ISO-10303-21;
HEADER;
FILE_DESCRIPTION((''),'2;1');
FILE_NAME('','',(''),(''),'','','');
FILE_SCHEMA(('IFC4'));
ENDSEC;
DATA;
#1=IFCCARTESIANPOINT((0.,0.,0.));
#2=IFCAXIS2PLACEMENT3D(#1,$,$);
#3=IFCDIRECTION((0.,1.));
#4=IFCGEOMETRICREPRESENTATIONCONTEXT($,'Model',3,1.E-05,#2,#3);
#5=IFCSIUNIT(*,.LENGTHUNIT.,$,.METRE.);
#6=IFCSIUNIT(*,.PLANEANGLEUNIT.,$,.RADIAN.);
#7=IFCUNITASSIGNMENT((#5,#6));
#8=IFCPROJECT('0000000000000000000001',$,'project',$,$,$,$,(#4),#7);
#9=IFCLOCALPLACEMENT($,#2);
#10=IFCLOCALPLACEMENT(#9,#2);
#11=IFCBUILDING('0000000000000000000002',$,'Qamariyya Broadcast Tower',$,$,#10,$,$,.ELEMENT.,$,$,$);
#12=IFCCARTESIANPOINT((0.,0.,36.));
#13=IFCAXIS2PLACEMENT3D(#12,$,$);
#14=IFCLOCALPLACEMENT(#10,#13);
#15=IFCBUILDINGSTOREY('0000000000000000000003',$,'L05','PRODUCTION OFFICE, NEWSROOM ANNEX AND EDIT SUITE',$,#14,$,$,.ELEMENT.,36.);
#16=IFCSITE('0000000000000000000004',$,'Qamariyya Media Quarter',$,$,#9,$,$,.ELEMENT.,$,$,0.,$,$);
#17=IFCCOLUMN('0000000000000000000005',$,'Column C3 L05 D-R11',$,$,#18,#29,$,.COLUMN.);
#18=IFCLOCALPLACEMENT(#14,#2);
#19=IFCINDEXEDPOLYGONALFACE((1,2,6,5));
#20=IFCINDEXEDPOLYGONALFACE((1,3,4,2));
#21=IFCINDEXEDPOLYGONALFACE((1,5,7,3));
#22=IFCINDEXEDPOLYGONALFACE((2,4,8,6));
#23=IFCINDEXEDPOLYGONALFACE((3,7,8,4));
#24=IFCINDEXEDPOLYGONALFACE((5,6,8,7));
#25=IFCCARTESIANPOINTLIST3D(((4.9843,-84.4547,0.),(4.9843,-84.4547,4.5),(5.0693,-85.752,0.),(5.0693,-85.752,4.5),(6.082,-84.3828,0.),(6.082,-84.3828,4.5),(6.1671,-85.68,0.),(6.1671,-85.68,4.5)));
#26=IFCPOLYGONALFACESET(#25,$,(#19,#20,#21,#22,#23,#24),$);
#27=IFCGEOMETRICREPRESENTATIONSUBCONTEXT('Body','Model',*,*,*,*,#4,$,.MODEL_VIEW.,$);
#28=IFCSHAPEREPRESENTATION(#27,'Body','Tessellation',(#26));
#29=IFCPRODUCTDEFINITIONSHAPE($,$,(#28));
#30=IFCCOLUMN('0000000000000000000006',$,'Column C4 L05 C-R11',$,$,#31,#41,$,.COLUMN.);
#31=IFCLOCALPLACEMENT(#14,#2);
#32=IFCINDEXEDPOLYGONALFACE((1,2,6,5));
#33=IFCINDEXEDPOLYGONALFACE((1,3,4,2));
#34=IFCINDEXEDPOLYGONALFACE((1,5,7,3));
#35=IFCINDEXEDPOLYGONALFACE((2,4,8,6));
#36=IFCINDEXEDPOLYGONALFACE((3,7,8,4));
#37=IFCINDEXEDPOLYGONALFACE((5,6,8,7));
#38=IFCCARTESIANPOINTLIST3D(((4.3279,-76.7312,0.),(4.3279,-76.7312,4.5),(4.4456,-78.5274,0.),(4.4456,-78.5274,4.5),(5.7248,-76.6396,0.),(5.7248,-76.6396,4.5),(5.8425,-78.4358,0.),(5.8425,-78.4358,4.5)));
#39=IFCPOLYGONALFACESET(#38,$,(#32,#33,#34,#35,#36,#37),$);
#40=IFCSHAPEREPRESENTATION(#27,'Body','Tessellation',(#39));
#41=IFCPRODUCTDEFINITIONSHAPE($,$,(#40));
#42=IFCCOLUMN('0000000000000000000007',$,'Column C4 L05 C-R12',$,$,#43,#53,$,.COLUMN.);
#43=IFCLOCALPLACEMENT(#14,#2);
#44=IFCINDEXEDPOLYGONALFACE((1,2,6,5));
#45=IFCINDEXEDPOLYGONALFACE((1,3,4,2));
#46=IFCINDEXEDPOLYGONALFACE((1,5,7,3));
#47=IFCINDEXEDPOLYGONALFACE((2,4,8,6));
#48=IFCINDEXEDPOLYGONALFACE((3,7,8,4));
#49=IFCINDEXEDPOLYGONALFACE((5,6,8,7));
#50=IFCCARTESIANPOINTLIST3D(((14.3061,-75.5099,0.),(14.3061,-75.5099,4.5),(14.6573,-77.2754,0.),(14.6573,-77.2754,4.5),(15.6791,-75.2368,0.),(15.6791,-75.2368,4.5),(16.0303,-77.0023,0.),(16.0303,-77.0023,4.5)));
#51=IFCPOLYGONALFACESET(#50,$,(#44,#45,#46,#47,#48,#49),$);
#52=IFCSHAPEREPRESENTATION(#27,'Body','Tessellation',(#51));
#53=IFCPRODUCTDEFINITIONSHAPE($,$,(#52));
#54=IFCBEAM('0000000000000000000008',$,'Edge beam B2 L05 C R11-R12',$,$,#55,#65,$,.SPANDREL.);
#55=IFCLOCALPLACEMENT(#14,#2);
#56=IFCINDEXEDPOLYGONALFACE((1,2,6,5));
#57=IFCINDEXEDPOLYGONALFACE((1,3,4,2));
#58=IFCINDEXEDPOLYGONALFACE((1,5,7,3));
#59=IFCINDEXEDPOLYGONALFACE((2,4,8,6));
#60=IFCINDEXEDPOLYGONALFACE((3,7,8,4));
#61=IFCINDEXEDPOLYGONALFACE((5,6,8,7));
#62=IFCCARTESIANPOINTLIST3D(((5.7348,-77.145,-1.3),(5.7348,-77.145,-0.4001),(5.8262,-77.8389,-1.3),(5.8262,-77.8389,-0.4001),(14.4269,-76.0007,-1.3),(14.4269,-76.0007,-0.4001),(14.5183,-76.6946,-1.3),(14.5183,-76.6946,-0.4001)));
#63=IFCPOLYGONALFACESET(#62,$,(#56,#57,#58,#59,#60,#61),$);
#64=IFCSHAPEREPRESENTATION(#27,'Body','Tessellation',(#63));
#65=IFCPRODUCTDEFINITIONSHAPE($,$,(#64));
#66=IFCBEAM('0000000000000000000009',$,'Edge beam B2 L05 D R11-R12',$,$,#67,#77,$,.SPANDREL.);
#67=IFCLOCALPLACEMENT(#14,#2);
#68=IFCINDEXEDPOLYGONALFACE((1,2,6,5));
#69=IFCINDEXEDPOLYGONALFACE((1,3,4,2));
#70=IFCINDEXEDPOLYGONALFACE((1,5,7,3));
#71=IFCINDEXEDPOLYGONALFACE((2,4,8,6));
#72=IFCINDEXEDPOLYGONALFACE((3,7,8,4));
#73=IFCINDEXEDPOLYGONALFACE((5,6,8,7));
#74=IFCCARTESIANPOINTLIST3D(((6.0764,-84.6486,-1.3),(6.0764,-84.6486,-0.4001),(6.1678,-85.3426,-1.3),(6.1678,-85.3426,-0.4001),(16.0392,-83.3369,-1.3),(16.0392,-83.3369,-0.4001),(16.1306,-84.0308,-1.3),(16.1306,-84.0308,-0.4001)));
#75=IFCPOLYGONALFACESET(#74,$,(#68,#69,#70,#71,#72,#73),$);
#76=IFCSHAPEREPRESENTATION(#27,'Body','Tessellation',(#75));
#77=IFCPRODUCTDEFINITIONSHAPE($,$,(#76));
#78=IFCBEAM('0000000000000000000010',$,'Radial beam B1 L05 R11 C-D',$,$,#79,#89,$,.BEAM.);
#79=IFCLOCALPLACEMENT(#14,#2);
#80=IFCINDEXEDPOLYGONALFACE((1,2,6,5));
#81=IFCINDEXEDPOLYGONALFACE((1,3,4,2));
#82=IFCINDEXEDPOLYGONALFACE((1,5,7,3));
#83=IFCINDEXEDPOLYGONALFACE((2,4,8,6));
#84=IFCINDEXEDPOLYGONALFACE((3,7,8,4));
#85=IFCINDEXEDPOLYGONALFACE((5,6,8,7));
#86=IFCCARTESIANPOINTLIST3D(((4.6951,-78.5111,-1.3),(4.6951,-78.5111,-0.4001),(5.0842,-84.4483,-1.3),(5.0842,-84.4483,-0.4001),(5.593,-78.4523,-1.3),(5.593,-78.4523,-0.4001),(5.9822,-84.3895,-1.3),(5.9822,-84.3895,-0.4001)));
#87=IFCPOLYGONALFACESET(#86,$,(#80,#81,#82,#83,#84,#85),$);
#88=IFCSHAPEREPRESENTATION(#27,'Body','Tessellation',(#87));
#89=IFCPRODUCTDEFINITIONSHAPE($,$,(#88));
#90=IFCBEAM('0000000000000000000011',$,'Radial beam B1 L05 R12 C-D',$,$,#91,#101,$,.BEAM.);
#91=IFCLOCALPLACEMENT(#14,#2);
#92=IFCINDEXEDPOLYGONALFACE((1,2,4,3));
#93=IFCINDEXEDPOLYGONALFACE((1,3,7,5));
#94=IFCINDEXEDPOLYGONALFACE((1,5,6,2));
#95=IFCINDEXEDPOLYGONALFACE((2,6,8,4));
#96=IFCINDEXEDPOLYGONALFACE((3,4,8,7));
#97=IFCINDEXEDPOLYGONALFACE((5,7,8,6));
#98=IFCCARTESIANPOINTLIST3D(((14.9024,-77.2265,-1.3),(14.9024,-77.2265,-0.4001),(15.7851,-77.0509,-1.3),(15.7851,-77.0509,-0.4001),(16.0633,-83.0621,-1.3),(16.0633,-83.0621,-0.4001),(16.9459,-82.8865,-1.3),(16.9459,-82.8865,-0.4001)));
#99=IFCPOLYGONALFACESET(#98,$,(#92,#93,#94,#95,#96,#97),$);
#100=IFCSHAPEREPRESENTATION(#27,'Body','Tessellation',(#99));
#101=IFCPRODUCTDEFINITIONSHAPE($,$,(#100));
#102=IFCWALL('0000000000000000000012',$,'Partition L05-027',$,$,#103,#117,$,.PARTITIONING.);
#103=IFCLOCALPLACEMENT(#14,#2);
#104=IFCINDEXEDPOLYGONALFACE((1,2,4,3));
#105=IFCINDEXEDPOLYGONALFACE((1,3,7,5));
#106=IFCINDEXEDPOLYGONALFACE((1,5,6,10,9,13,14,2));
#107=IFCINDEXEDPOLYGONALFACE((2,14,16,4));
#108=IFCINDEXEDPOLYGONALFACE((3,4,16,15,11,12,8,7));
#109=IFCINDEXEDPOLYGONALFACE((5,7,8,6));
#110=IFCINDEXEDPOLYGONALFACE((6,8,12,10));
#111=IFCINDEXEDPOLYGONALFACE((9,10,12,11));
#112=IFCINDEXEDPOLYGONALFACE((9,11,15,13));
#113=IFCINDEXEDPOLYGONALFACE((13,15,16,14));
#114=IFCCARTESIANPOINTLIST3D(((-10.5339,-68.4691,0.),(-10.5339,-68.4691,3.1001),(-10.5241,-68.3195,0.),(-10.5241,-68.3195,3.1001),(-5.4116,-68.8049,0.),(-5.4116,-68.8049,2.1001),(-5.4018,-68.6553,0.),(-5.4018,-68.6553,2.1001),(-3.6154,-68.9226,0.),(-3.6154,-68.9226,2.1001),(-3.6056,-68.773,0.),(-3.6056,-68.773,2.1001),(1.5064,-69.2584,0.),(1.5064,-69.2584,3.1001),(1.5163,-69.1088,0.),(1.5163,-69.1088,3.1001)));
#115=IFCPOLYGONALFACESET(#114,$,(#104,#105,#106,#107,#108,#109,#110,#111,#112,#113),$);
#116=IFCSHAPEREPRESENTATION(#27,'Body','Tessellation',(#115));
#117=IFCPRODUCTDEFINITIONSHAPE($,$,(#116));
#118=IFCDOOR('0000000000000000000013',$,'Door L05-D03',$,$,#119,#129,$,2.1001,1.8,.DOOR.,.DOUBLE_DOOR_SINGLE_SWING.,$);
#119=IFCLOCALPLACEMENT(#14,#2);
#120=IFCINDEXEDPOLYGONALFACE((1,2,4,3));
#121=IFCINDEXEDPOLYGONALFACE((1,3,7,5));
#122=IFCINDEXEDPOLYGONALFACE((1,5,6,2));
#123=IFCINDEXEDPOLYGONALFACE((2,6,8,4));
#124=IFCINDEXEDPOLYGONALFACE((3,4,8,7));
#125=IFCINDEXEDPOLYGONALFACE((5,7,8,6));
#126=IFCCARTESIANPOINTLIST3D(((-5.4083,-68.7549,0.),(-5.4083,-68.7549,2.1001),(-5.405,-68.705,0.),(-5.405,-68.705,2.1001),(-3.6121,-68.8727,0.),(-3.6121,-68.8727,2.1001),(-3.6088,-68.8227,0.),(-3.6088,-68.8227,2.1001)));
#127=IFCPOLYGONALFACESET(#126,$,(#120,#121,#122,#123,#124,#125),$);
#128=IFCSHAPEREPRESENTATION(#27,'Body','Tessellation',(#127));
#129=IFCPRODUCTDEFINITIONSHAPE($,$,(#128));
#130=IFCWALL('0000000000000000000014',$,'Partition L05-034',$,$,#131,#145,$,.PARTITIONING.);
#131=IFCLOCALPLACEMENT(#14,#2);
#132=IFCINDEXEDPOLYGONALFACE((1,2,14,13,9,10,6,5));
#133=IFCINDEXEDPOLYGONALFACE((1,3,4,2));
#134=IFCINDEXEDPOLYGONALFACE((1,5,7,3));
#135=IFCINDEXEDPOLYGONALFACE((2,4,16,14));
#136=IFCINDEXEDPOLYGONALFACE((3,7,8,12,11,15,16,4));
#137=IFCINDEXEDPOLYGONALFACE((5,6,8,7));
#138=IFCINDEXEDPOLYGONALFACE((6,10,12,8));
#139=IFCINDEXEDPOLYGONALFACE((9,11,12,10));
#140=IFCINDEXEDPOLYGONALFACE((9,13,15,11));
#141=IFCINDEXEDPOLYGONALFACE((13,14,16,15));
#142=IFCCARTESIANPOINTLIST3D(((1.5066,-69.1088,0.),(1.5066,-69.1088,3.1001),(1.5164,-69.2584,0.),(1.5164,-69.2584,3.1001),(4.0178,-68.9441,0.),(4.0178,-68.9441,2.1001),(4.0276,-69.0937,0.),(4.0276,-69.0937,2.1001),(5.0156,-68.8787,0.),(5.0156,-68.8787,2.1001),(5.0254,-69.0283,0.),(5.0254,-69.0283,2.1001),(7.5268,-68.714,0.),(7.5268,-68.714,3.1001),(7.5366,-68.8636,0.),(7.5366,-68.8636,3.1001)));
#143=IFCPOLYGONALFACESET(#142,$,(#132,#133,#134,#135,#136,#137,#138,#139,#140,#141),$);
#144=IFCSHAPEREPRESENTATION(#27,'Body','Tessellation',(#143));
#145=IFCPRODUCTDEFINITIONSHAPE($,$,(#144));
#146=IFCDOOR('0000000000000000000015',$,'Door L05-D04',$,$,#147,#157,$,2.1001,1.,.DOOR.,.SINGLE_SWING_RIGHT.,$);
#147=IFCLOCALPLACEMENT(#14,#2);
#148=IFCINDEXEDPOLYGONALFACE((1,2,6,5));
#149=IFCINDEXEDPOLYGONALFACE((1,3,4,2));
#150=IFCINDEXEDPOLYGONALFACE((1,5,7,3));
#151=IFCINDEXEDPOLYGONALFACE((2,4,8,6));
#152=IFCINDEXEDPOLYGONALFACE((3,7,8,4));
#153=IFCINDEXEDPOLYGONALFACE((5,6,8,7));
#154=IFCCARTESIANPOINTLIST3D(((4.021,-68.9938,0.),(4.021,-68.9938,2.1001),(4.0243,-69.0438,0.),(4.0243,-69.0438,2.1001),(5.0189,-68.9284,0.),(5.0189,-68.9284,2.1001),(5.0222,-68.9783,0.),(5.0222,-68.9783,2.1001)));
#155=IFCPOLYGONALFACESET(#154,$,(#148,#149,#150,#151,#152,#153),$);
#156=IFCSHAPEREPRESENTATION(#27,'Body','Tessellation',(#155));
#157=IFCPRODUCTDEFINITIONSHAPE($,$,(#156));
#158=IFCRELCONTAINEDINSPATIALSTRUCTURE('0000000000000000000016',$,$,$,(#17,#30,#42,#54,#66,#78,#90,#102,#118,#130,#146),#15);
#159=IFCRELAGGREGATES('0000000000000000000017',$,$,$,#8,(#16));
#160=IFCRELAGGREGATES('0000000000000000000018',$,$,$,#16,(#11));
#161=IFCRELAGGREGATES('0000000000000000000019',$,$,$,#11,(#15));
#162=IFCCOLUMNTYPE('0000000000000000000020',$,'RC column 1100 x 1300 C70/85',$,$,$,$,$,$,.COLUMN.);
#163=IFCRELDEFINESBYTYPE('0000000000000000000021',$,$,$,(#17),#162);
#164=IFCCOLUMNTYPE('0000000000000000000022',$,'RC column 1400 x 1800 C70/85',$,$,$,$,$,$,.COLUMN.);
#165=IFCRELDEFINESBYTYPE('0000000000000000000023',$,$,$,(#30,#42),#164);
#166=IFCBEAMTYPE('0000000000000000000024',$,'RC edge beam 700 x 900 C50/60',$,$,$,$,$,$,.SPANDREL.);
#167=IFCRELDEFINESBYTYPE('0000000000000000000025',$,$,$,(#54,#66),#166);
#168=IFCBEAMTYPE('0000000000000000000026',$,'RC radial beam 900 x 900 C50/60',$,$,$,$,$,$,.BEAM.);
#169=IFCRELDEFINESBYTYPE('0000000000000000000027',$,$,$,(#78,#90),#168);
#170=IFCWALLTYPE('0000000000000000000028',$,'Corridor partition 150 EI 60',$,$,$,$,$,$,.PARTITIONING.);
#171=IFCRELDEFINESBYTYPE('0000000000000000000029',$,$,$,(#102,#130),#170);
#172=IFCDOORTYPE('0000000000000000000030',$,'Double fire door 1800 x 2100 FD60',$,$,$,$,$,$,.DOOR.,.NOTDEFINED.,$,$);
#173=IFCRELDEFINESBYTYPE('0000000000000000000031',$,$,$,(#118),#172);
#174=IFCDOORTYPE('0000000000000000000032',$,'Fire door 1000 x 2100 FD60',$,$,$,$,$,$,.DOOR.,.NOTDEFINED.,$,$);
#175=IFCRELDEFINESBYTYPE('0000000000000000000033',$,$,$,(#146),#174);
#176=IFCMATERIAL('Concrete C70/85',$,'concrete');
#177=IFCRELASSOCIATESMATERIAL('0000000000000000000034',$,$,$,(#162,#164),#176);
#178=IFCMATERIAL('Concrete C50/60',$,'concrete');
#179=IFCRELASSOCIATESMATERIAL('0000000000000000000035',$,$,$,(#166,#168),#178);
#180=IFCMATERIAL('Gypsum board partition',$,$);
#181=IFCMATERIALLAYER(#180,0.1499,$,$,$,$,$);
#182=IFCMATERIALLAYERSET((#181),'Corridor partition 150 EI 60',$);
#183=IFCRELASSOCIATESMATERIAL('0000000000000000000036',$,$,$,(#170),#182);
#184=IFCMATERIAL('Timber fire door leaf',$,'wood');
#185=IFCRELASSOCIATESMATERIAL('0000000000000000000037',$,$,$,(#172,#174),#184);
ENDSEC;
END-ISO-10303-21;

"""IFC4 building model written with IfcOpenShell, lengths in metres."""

from ifc_helpers import new_model, si_unit, direction, frame, frame_2d, origin, origin_2d, place, context, subcontext, project, spatial, rectangle, extrude, material, layer, layer_set, material_profile, profile_set, type_object, element, fill, save


model = new_model("IFC4")

# Units and contexts
model_context = context("Model", 3, precision=1e-05, world=origin(), true_north=direction((0.0, 1.0)))
body_context = subcontext(model_context, "Body", "Model", "MODEL_VIEW")
ifc_project = project(units=[si_unit("LENGTHUNIT", "METRE"), si_unit("PLANEANGLEUNIT", "RADIAN")], contexts=[model_context])

# Site, building, storey
site_placement = place(None, origin())
site = spatial("IfcSite", under=ifc_project, at=site_placement, Name="Qamariyya Media Quarter", CompositionType="ELEMENT", RefElevation=0.0)
building_placement = place(site_placement, origin())
building = spatial("IfcBuilding", under=site, at=building_placement, Name="Qamariyya Broadcast Tower", CompositionType="ELEMENT")
storey_placement = place(building_placement, frame((0.0, 0.0, 36.0)))
storey = spatial("IfcBuildingStorey", under=building, at=storey_placement, Name="L05", Description="PRODUCTION OFFICE, NEWSROOM ANNEX AND EDIT SUITE", CompositionType="ELEMENT", Elevation=36.0)

# Columns
ifc_material_1 = material(Name="Concrete C70/85", Category="concrete")
ifc_material_profile_1 = material_profile(ifc_material_1, rectangle(XDim=1.1001, YDim=1.3, at=origin_2d()))
ifc_profile_set_1 = profile_set([ifc_material_profile_1], Name="Concrete C70/85")
column_type_1 = type_object("IfcColumnType", Name="RC column 1100 x 1300 C70/85", PredefinedType="COLUMN", material=ifc_profile_set_1)
column_placement = place(storey_placement, frame((5.5757, -85.0674, 0.0), z_axis=(0.0, 0.0, 1.0), x_axis=(0.997859, 0.065403, 0.0)))
element("IfcColumn", 1, at=column_placement, inside=storey, type_object=column_type_1, Name="Column C3 L05 D-R11", PredefinedType="COLUMN", context=body_context, shape_type="SweptSolid", body=[
    extrude(rectangle(XDim=1.1001, YDim=1.3, at=origin_2d()), origin(), (0.0, 0.0, 1.0), 4.5),
])
ifc_material_profile_2 = material_profile(ifc_material_1, rectangle(XDim=1.3999, YDim=1.8, at=origin_2d()))
ifc_profile_set_2 = profile_set([ifc_material_profile_2], Name="Concrete C70/85")
column_type_2 = type_object("IfcColumnType", Name="RC column 1400 x 1800 C70/85", PredefinedType="COLUMN", material=ifc_profile_set_2)
for number, where, z_axis, x_axis, name in (
    (2, (5.0852, -77.5835, 0.0), (0.0, 0.0, 1.0), (0.997859, 0.065403, 0.0), "Column C4 L05 C-R11"),
    (3, (15.1682, -76.2561, 0.0), (0.0, 0.0, 1.0), (0.980785, 0.19509, 0.0), "Column C4 L05 C-R12"),
):
    element("IfcColumn", number, at=place(storey_placement, frame(where, z_axis=z_axis, x_axis=x_axis)), inside=storey, type_object=column_type_2, Name=name, PredefinedType="COLUMN", context=body_context, shape_type="SweptSolid", body=[
        extrude(rectangle(XDim=1.3999, YDim=1.8, at=origin_2d()), origin(), (0.0, 0.0, 1.0), 4.5),
    ])

# Beams
ifc_material_2 = material(Name="Concrete C50/60", Category="concrete")
ifc_material_profile_3 = material_profile(ifc_material_2, rectangle(XDim=0.7, YDim=0.8999, at=origin_2d()))
ifc_profile_set_3 = profile_set([ifc_material_profile_3], Name="Concrete C50/60")
beam_type_1 = type_object("IfcBeamType", Name="RC edge beam 700 x 900 C50/60", PredefinedType="SPANDREL", material=ifc_profile_set_3)
beam_1_placement = place(storey_placement, frame((5.7805, -77.4919, -0.8501), z_axis=(0.991446, 0.13052, 0.0), x_axis=(-0.13052, 0.991446, 0.0)))
element("IfcBeam", 4, at=beam_1_placement, inside=storey, type_object=beam_type_1, Name="Edge beam B2 L05 C R11-R12", PredefinedType="SPANDREL", context=body_context, shape_type="SweptSolid", body=[
    extrude(rectangle(XDim=0.7, YDim=0.8999, at=origin_2d()), origin(), (0.0, 0.0, 1.0), 8.7671),
])
beam_2_placement = place(storey_placement, frame((6.1221, -84.9956, -0.8501), z_axis=(0.991443, 0.130539, 0.0), x_axis=(-0.130539, 0.991443, 0.0)))
element("IfcBeam", 5, at=beam_2_placement, inside=storey, type_object=beam_type_1, Name="Edge beam B2 L05 D R11-R12", PredefinedType="SPANDREL", context=body_context, shape_type="SweptSolid", body=[
    extrude(rectangle(XDim=0.7, YDim=0.8999, at=origin_2d()), origin(), (0.0, 0.0, 1.0), 10.0488),
])
ifc_material_profile_4 = material_profile(ifc_material_2, rectangle(XDim=0.8999, YDim=0.8999, at=origin_2d()))
ifc_profile_set_4 = profile_set([ifc_material_profile_4], Name="Concrete C50/60")
beam_type_2 = type_object("IfcBeamType", Name="RC radial beam 900 x 900 C50/60", PredefinedType="BEAM", material=ifc_profile_set_4)
for number, where, z_axis, x_axis, name in (
    (6, (5.144, -78.4817, -0.8501), (0.065405, -0.997859, 0.0), (0.997859, 0.065405, 0.0), "Radial beam B1 L05 R11 C-D"),
    (7, (15.3438, -77.1387, -0.8501), (0.195106, -0.980782, 0.0), (0.980782, 0.195106, 0.0), "Radial beam B1 L05 R12 C-D"),
):
    element("IfcBeam", number, at=place(storey_placement, frame(where, z_axis=z_axis, x_axis=x_axis)), inside=storey, type_object=beam_type_2, Name=name, PredefinedType="BEAM", context=body_context, shape_type="SweptSolid", body=[
        extrude(rectangle(XDim=0.8999, YDim=0.8999, at=origin_2d()), origin(), (0.0, 0.0, 1.0), 5.95),
    ])

# Walls, openings, doors
ifc_material_3 = material(Name="Gypsum board partition")
ifc_layer_1 = layer(ifc_material_3, 0.1499)
ifc_layer_set_1 = layer_set([ifc_layer_1], Name="Corridor partition 150 EI 60")
wall_type_1 = type_object("IfcWallType", Name="Corridor partition 150 EI 60", PredefinedType="PARTITIONING", material=ifc_layer_set_1)
wall_1_placement = place(storey_placement, frame((1.5115, -69.1836, 0.0), z_axis=(0.0, 0.0, 1.0), x_axis=(-0.997858, 0.065415, 0.0)))
wall_1 = element("IfcWall", 8, at=wall_1_placement, inside=storey, type_object=wall_type_1, Name="Partition L05-027", PredefinedType="PARTITIONING", context=body_context, shape_type="SweptSolid", body=[
    extrude(rectangle(XDim=12.0662, YDim=0.1499, at=frame_2d((6.0332, 0.0))), origin(), (0.0, 0.0, 1.0), 3.1001),
])
opening_1_placement = place(wall_1_placement, frame((5.1331, 0.0, 0.0)))
opening_1 = element("IfcOpeningElement", 9, at=opening_1_placement, cuts=wall_1, PredefinedType="OPENING", context=body_context, shape_type="SweptSolid", body=[
    extrude(rectangle(XDim=1.8, YDim=2.1001, at=frame_2d((0.8999, 1.05))), frame((0.0, 0.085, 0.0), z_axis=(0.0, -1.0, 0.0), x_axis=(1.0, 0.0, 0.0)), (0.0, 0.0, 1.0), 0.1699),
])
ifc_material_4 = material(Name="Timber fire door leaf", Category="wood")
door_type_1 = type_object("IfcDoorType", Name="Double fire door 1800 x 2100 FD60", OperationType="NOTDEFINED", PredefinedType="DOOR", material=ifc_material_4)
door_1_placement = place(opening_1_placement, origin())
door_1 = element("IfcDoor", 10, at=door_1_placement, inside=storey, type_object=door_type_1, Name="Door L05-D03", OperationType="DOUBLE_DOOR_SINGLE_SWING", OverallHeight=2.1001, OverallWidth=1.8, PredefinedType="DOOR", context=body_context, shape_type="SweptSolid", body=[
    extrude(rectangle(XDim=1.8, YDim=2.1001, at=frame_2d((0.8999, 1.05))), frame((0.0, 0.0249, 0.0), z_axis=(0.0, -1.0, 0.0), x_axis=(1.0, 0.0, 0.0)), (0.0, 0.0, 1.0), 0.05),
])
fill(opening_1, door_1)
wall_2_placement = place(storey_placement, frame((7.5317, -68.7888, 0.0), z_axis=(0.0, 0.0, 1.0), x_axis=(-0.997857, -0.065434, 0.0)))
wall_2 = element("IfcWall", 11, at=wall_2_placement, inside=storey, type_object=wall_type_1, Name="Partition L05-034", PredefinedType="PARTITIONING", context=body_context, shape_type="SweptSolid", body=[
    extrude(rectangle(XDim=6.0332, YDim=0.1499, at=frame_2d((3.0166, 0.0))), origin(), (0.0, 0.0, 1.0), 3.1001),
])
opening_2_placement = place(wall_2_placement, frame((2.5166, 0.0, 0.0)))
opening_2 = element("IfcOpeningElement", 12, at=opening_2_placement, cuts=wall_2, PredefinedType="OPENING", context=body_context, shape_type="SweptSolid", body=[
    extrude(rectangle(XDim=1.0, YDim=2.1001, at=frame_2d((0.5, 1.05))), frame((0.0, 0.085, 0.0), z_axis=(0.0, -1.0, 0.0), x_axis=(1.0, 0.0, 0.0)), (0.0, 0.0, 1.0), 0.1699),
])
door_type_2 = type_object("IfcDoorType", Name="Fire door 1000 x 2100 FD60", OperationType="NOTDEFINED", PredefinedType="DOOR", material=ifc_material_4)
door_2_placement = place(opening_2_placement, origin())
door_2 = element("IfcDoor", 13, at=door_2_placement, inside=storey, type_object=door_type_2, Name="Door L05-D04", OperationType="SINGLE_SWING_RIGHT", OverallHeight=2.1001, OverallWidth=1.0, PredefinedType="DOOR", context=body_context, shape_type="SweptSolid", body=[
    extrude(rectangle(XDim=1.0, YDim=2.1001, at=frame_2d((0.5, 1.05))), frame((0.0, 0.0249, 0.0), z_axis=(0.0, -1.0, 0.0), x_axis=(1.0, 0.0, 0.0)), (0.0, 0.0, 1.0), 0.05),
])
fill(opening_2, door_2)

save(model, "model.ifc")
